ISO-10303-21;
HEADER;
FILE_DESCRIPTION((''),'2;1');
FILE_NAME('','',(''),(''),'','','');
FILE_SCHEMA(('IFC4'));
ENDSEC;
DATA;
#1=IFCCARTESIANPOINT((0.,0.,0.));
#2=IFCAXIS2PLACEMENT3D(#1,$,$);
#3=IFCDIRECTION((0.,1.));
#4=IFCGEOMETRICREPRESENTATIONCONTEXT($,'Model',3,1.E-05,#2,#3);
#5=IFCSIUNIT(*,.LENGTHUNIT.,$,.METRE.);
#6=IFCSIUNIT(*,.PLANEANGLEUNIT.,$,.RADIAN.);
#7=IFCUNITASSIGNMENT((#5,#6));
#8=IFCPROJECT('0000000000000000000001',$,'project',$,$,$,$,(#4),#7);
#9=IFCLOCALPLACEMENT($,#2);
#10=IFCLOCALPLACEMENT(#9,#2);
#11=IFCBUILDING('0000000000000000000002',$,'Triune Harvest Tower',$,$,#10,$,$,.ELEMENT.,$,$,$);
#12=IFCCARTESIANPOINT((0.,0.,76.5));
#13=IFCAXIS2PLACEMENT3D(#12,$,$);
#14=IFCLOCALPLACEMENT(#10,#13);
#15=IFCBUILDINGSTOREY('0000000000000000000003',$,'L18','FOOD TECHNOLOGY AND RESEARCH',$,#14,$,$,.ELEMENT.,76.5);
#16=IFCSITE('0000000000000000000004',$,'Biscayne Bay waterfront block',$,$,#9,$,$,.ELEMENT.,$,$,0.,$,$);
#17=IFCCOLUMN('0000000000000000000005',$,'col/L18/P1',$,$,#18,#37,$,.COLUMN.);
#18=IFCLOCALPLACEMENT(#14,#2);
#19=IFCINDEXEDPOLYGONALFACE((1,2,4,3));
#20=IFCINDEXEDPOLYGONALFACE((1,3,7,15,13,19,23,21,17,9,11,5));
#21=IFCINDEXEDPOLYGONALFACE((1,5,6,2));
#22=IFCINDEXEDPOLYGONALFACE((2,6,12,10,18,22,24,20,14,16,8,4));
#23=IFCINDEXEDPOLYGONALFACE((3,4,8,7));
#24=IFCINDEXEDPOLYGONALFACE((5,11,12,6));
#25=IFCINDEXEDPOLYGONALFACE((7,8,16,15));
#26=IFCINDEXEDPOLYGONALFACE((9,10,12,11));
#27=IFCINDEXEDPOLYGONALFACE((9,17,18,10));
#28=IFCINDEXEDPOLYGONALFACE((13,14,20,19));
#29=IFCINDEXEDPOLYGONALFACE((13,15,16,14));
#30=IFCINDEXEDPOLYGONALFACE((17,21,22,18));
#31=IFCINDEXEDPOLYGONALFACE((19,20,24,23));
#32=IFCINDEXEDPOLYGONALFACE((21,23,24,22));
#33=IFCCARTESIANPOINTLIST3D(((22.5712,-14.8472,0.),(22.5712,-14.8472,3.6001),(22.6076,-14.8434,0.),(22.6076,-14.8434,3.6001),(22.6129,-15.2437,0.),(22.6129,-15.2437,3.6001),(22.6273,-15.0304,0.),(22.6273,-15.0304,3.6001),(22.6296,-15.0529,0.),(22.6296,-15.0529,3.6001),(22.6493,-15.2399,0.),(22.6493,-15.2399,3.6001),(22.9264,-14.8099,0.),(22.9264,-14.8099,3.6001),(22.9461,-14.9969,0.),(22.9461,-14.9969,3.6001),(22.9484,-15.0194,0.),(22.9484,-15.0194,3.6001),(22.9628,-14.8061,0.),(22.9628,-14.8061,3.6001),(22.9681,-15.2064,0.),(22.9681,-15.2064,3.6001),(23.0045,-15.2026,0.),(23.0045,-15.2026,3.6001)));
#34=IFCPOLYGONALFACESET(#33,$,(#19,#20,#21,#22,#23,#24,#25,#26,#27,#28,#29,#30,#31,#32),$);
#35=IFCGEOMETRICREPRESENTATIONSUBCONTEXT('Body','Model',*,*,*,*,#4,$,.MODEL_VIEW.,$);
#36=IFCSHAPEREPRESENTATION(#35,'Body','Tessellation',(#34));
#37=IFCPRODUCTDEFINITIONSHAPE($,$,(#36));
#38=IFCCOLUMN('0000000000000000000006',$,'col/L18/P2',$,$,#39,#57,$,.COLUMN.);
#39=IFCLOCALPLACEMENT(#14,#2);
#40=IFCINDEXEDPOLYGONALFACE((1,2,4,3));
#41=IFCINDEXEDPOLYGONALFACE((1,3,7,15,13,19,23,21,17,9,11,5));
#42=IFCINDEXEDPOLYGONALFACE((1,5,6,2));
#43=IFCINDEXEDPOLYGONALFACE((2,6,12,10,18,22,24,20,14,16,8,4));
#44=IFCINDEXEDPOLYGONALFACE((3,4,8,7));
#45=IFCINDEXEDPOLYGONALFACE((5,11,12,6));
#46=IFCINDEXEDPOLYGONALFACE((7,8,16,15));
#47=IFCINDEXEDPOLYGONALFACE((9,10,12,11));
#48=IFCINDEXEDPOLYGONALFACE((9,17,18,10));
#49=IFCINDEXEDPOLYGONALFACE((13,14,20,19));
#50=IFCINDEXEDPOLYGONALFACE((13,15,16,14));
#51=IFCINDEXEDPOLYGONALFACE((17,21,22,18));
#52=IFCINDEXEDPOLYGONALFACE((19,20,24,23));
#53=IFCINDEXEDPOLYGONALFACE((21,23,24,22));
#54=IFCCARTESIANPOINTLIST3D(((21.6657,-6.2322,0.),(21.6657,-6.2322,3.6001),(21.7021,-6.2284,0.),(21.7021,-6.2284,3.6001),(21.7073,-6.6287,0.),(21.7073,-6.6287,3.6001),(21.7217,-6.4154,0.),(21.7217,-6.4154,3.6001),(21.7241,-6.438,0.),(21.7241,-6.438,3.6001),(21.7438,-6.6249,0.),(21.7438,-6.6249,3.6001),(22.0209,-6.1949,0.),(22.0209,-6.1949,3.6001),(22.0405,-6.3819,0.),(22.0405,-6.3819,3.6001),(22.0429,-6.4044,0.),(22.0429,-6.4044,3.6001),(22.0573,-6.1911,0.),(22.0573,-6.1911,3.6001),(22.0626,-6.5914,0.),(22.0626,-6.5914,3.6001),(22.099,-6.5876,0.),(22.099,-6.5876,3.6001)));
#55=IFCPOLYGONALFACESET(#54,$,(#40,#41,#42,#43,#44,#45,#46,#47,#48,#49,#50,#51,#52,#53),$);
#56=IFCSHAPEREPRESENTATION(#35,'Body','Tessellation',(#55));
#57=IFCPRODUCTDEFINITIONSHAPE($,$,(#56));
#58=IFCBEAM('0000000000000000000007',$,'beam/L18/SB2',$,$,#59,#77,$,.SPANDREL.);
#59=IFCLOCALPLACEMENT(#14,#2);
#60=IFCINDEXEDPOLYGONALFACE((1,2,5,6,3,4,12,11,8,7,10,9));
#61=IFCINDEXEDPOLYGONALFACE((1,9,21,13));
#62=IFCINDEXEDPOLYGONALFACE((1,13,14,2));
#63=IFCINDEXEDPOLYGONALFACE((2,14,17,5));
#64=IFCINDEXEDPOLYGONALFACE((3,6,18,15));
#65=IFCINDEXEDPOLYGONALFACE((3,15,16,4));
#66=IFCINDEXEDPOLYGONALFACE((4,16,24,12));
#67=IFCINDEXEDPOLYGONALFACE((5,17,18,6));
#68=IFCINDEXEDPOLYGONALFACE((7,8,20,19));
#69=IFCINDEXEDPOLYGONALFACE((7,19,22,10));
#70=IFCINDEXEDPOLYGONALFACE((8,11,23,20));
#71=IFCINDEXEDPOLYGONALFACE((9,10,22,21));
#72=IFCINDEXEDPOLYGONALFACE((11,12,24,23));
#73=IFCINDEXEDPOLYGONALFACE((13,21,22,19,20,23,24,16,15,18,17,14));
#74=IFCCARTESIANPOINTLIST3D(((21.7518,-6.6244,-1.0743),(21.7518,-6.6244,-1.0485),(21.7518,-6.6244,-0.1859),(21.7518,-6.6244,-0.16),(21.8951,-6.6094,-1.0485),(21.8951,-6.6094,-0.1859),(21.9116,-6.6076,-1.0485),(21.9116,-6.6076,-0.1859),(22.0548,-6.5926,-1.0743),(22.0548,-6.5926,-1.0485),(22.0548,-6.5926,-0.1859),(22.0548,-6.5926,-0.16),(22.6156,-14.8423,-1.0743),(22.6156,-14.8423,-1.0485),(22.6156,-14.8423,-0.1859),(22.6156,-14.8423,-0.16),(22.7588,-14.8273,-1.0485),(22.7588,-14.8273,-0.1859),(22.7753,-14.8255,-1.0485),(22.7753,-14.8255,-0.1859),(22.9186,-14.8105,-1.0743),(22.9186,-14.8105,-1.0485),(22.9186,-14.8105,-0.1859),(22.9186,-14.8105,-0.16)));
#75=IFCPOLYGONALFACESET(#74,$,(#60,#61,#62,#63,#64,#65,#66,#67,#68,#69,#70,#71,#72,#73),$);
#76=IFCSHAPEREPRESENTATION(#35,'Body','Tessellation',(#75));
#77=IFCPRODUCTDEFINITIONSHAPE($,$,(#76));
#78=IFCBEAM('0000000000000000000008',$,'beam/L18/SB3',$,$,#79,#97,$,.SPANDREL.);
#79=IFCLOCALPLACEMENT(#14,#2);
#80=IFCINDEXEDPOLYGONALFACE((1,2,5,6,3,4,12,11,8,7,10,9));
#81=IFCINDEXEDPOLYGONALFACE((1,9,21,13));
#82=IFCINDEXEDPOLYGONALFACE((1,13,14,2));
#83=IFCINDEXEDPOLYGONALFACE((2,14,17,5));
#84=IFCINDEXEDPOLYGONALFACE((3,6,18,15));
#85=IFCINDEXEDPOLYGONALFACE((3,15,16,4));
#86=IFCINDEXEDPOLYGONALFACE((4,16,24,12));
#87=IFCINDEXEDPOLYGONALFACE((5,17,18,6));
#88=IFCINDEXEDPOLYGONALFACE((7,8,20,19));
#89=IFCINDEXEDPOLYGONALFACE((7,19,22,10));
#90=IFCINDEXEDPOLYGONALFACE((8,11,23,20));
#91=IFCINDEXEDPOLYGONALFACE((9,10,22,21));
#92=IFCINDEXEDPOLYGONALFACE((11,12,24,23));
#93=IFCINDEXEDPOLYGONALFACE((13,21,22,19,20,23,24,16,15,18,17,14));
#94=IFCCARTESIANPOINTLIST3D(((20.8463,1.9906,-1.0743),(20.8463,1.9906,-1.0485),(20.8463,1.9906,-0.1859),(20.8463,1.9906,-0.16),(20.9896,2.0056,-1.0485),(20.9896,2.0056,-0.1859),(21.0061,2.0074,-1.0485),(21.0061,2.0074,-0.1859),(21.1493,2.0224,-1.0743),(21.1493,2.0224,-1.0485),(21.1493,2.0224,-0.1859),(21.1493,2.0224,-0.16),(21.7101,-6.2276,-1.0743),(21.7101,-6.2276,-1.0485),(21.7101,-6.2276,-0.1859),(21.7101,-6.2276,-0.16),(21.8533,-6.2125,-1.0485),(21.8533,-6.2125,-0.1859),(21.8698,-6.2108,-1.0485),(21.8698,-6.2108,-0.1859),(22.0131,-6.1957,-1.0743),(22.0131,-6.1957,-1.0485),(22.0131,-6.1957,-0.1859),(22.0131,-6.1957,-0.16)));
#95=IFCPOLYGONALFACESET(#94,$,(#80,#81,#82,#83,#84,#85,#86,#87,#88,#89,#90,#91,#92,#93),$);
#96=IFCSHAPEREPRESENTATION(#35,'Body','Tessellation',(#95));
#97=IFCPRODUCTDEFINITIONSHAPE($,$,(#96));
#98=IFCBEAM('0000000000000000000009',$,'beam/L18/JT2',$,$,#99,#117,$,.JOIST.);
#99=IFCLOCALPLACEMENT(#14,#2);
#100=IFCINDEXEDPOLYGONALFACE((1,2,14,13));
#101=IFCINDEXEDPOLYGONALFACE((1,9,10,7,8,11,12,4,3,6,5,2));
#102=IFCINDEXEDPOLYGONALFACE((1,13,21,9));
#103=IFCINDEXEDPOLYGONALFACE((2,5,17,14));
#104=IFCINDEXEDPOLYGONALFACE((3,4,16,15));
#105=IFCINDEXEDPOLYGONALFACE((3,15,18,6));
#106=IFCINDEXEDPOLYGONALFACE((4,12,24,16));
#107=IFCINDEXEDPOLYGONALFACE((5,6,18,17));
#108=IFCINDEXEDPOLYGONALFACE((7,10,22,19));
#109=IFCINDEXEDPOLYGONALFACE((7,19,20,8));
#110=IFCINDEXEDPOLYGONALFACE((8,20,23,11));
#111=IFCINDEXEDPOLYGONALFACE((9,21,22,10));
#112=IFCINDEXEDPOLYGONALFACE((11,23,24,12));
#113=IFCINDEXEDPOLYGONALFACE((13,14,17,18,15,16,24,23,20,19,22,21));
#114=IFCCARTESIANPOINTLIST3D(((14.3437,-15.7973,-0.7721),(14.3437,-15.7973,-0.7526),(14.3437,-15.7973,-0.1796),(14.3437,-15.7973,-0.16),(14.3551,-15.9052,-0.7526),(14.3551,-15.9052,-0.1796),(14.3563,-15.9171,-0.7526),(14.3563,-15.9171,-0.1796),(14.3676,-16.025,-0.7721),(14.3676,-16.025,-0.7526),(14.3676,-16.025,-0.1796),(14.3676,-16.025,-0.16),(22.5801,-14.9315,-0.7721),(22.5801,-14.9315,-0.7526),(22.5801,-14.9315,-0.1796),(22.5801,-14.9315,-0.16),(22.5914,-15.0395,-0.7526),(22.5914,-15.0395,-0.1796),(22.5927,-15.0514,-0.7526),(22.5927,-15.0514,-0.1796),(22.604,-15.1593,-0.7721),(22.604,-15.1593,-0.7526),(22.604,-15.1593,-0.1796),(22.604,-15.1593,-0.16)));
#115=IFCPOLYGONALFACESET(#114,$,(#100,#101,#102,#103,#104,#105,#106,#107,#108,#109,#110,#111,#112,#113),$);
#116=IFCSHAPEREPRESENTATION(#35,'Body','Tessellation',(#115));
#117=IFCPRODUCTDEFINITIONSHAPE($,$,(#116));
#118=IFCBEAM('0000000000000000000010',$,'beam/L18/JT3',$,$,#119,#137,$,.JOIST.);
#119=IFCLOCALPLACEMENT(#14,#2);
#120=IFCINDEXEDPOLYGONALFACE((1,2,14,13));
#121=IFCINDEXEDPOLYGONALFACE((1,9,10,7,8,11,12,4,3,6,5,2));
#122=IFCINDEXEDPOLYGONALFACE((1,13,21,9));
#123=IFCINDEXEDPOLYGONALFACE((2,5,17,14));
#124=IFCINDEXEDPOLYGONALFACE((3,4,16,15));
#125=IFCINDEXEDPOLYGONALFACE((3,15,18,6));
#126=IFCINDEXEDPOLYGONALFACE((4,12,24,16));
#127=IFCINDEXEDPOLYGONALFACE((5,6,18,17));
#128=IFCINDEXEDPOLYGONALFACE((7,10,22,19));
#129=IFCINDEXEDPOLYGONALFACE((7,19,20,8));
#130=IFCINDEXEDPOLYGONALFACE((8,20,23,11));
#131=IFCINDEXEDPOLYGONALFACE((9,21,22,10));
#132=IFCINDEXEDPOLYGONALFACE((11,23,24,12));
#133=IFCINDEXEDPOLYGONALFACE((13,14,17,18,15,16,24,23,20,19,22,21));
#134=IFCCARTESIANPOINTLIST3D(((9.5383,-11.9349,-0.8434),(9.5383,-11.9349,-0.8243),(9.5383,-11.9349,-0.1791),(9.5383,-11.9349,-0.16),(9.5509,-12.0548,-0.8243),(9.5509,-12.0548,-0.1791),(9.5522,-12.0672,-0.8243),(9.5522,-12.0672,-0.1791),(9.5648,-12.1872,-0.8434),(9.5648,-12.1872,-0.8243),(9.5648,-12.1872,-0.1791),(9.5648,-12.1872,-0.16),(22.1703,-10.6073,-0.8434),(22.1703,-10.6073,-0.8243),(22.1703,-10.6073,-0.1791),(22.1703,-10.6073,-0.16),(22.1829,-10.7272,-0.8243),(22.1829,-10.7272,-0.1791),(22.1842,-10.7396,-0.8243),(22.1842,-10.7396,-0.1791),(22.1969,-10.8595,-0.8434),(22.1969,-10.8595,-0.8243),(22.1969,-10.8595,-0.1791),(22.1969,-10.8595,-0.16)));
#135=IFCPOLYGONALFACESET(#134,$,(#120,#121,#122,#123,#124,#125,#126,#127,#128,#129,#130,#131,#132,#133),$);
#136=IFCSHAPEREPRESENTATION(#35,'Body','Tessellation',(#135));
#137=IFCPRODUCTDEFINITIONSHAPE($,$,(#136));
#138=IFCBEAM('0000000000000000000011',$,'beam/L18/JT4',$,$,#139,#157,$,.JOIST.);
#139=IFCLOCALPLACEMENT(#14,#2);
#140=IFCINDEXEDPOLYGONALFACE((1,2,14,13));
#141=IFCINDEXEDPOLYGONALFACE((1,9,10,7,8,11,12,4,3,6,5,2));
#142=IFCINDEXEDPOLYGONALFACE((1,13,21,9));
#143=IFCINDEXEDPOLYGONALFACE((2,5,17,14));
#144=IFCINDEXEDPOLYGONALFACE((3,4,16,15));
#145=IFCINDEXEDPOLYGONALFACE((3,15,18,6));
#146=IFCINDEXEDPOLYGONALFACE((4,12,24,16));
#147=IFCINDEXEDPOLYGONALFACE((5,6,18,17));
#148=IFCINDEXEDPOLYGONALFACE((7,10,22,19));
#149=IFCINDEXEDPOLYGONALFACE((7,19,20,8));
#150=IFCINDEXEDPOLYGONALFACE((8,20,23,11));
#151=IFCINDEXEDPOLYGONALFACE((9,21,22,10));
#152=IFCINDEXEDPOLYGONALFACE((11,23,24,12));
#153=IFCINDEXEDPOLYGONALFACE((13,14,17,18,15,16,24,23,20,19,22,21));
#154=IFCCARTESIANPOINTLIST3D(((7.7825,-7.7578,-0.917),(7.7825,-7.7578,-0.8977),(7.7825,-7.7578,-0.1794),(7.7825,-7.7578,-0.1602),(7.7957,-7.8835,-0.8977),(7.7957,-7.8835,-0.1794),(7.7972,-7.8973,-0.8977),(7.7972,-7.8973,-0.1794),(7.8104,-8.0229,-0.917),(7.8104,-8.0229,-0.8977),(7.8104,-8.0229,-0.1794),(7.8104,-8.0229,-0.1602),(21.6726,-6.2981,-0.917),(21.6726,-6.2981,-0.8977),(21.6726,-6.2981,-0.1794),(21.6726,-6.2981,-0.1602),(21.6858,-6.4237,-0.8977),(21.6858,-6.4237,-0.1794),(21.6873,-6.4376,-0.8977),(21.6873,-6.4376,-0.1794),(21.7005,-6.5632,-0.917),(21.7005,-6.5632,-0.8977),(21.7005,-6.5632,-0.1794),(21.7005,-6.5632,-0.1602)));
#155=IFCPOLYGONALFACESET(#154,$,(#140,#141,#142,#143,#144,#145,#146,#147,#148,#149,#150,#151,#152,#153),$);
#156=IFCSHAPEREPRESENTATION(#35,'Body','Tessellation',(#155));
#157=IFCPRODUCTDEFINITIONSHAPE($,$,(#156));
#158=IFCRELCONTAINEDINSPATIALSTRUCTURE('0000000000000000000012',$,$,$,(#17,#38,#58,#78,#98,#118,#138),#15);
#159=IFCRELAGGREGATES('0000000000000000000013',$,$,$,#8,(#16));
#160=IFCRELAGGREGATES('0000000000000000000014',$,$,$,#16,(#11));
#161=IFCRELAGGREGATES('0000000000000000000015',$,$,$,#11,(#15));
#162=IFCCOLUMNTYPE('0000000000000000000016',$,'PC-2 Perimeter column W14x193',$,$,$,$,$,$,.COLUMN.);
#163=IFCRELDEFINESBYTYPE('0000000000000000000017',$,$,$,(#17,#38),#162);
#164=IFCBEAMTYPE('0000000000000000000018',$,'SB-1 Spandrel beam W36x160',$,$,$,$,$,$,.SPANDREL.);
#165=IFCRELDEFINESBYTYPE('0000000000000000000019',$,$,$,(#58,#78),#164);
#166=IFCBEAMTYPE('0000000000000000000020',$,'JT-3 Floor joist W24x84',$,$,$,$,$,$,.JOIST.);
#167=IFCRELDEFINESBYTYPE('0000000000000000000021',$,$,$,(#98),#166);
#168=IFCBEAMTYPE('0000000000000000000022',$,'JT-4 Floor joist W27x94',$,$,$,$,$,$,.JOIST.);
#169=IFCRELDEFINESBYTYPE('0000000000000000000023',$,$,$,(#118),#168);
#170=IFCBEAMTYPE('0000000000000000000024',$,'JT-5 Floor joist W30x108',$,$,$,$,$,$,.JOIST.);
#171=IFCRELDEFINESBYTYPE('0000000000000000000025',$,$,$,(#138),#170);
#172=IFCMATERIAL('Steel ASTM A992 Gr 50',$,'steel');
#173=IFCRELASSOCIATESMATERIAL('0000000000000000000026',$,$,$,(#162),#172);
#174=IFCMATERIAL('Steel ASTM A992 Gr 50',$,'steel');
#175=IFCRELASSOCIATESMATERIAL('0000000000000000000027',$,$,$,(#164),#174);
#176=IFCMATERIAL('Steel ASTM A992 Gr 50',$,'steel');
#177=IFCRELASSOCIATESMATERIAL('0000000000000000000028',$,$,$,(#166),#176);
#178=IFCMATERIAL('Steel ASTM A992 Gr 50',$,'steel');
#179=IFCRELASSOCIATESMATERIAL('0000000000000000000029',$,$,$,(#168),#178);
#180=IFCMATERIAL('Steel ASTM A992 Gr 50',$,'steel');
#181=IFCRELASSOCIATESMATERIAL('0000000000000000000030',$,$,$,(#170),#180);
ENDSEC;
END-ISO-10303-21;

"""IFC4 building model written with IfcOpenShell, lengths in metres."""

from ifc_helpers import new_model, si_unit, direction, frame, origin, origin_2d, place, context, subcontext, project, spatial, i_section, extrude, source, transform, mapped, material, material_profile, profile_set, type_object, element, save


model = new_model("IFC4")

# Units and contexts
model_context = context("Model", 3, precision=1e-05, world=origin(), true_north=direction((0.0, 1.0)))
body_context = subcontext(model_context, "Body", "Model", "MODEL_VIEW")
ifc_project = project(units=[si_unit("LENGTHUNIT", "METRE"), si_unit("PLANEANGLEUNIT", "RADIAN")], contexts=[model_context])

# Site, building, storey
site_placement = place(None, origin())
site = spatial("IfcSite", under=ifc_project, at=site_placement, Name="Biscayne Bay waterfront block", CompositionType="ELEMENT", RefElevation=0.0)
building_placement = place(site_placement, origin())
building = spatial("IfcBuilding", under=site, at=building_placement, Name="Triune Harvest Tower", CompositionType="ELEMENT")
storey_placement = place(building_placement, frame((0.0, 0.0, 76.5)))
storey = spatial("IfcBuildingStorey", under=building, at=storey_placement, Name="L18", Description="FOOD TECHNOLOGY AND RESEARCH", CompositionType="ELEMENT", Elevation=76.5)

# Columns
ifc_material_1 = material(Name="Steel ASTM A992 Gr 50", Category="steel")
ifc_material_profile_1 = material_profile(ifc_material_1, i_section(OverallWidth=0.3987, OverallDepth=0.3938, WebThickness=0.0227, FlangeThickness=0.0366, at=origin_2d()), Name="W14x193")
ifc_profile_set_1 = profile_set([ifc_material_profile_1], Name="Steel ASTM A992 Gr 50")
column_type = type_object("IfcColumnType", Name="PC-2 Perimeter column W14x193", PredefinedType="COLUMN", material=ifc_profile_set_1)
shared_shape_1 = source(origin(), body_context, "Body", "SweptSolid", [
    extrude(i_section(OverallWidth=0.3987, OverallDepth=0.3938, WebThickness=0.0227, FlangeThickness=0.0366, at=origin_2d()), origin(), (0.0, 0.0, 1.0), 3.6001),
])
for number, where, z_axis, x_axis, name in (
    (1, (22.7878, -15.0249, 0.0), (0.0, 0.0, 1.0), (-0.104527, 0.994522, 0.0), "col/L18/P1"),
    (2, (21.8823, -6.4099, 0.0), (0.0, 0.0, 1.0), (-0.104527, 0.994522, 0.0), "col/L18/P2"),
):
    element("IfcColumn", number, at=place(storey_placement, frame(where, z_axis=z_axis, x_axis=x_axis)), inside=storey, type_object=column_type, Name=name, PredefinedType="COLUMN", context=body_context, shape_type="MappedRepresentation", body=[
        mapped(shared_shape_1, transform((0.0, 0.0, 0.0), scale=1.0)),
    ])

# Beams
ifc_material_2 = material(Name="Steel ASTM A992 Gr 50", Category="steel")
ifc_material_profile_2 = material_profile(ifc_material_2, i_section(OverallWidth=0.3047, OverallDepth=0.9143, WebThickness=0.0166, FlangeThickness=0.0259, at=origin_2d()), Name="W36x160")
ifc_profile_set_2 = profile_set([ifc_material_profile_2], Name="Steel ASTM A992 Gr 50")
beam_type_1 = type_object("IfcBeamType", Name="SB-1 Spandrel beam W36x160", PredefinedType="SPANDREL", material=ifc_profile_set_2)
shared_shape_2 = source(origin(), body_context, "Body", "SweptSolid", [
    extrude(i_section(OverallWidth=0.3047, OverallDepth=0.9143, WebThickness=0.0166, FlangeThickness=0.0259, at=origin_2d()), origin(), (0.0, 0.0, 1.0), 8.2632),
])
beam_1_placement = place(storey_placement, frame((22.7671, -14.8264, -0.6172), z_axis=(-0.104531, 0.994522, 0.0), x_axis=(-0.994522, -0.104531, 0.0)))
element("IfcBeam", 3, at=beam_1_placement, inside=storey, type_object=beam_type_1, Name="beam/L18/SB2", PredefinedType="SPANDREL", context=body_context, shape_type="MappedRepresentation", body=[
    mapped(shared_shape_2, transform((0.0, 0.0, 0.0), scale=1.0)),
])
shared_shape_3 = source(origin(), body_context, "Body", "SweptSolid", [
    extrude(i_section(OverallWidth=0.3047, OverallDepth=0.9143, WebThickness=0.0166, FlangeThickness=0.0259, at=origin_2d()), origin(), (0.0, 0.0, 1.0), 8.2634),
])
beam_2_placement = place(storey_placement, frame((21.8616, -6.2117, -0.6172), z_axis=(-0.104528, 0.994522, 0.0), x_axis=(-0.994522, -0.104528, 0.0)))
element("IfcBeam", 4, at=beam_2_placement, inside=storey, type_object=beam_type_1, Name="beam/L18/SB3", PredefinedType="SPANDREL", context=body_context, shape_type="MappedRepresentation", body=[
    mapped(shared_shape_3, transform((0.0, 0.0, 0.0), scale=1.0)),
])
ifc_material_3 = material(Name="Steel ASTM A992 Gr 50", Category="steel")
ifc_material_profile_3 = material_profile(ifc_material_3, i_section(OverallWidth=0.229, OverallDepth=0.6121, WebThickness=0.012, FlangeThickness=0.0195, at=origin_2d()), Name="W24x84")
ifc_profile_set_3 = profile_set([ifc_material_profile_3], Name="Steel ASTM A992 Gr 50")
beam_type_2 = type_object("IfcBeamType", Name="JT-3 Floor joist W24x84", PredefinedType="JOIST", material=ifc_profile_set_3)
shared_shape_4 = source(origin(), body_context, "Body", "SweptSolid", [
    extrude(i_section(OverallWidth=0.229, OverallDepth=0.6121, WebThickness=0.012, FlangeThickness=0.0195, at=origin_2d()), origin(), (0.0, 0.0, 1.0), 8.2817),
])
beam_3_placement = place(storey_placement, frame((22.592, -15.0454, -0.4661), z_axis=(-0.994521, -0.104534, 0.0), x_axis=(0.104534, -0.994521, 0.0)))
element("IfcBeam", 5, at=beam_3_placement, inside=storey, type_object=beam_type_2, Name="beam/L18/JT2", PredefinedType="JOIST", context=body_context, shape_type="MappedRepresentation", body=[
    mapped(shared_shape_4, transform((0.0, 0.0, 0.0), scale=1.0)),
])
ifc_material_4 = material(Name="Steel ASTM A992 Gr 50", Category="steel")
ifc_material_profile_4 = material_profile(ifc_material_4, i_section(OverallWidth=0.2537, OverallDepth=0.6833, WebThickness=0.0125, FlangeThickness=0.019, at=origin_2d()), Name="W27x94")
ifc_profile_set_4 = profile_set([ifc_material_profile_4], Name="Steel ASTM A992 Gr 50")
beam_type_3 = type_object("IfcBeamType", Name="JT-4 Floor joist W27x94", PredefinedType="JOIST", material=ifc_profile_set_4)
shared_shape_5 = source(origin(), body_context, "Body", "SweptSolid", [
    extrude(i_section(OverallWidth=0.2537, OverallDepth=0.6833, WebThickness=0.0125, FlangeThickness=0.019, at=origin_2d()), origin(), (0.0, 0.0, 1.0), 12.7017),
])
beam_4_placement = place(storey_placement, frame((22.1836, -10.7334, -0.5017), z_axis=(-0.994522, -0.104525, 0.0), x_axis=(0.104525, -0.994522, 0.0)))
element("IfcBeam", 6, at=beam_4_placement, inside=storey, type_object=beam_type_3, Name="beam/L18/JT3", PredefinedType="JOIST", context=body_context, shape_type="MappedRepresentation", body=[
    mapped(shared_shape_5, transform((0.0, 0.0, 0.0), scale=1.0)),
])
ifc_material_5 = material(Name="Steel ASTM A992 Gr 50", Category="steel")
ifc_material_profile_5 = material_profile(ifc_material_5, i_section(OverallWidth=0.2666, OverallDepth=0.7568, WebThickness=0.0139, FlangeThickness=0.0193, at=origin_2d()), Name="W30x108")
ifc_profile_set_5 = profile_set([ifc_material_profile_5], Name="Steel ASTM A992 Gr 50")
beam_type_4 = type_object("IfcBeamType", Name="JT-5 Floor joist W30x108", PredefinedType="JOIST", material=ifc_profile_set_5)
shared_shape_6 = source(origin(), body_context, "Body", "SweptSolid", [
    extrude(i_section(OverallWidth=0.2666, OverallDepth=0.7568, WebThickness=0.0139, FlangeThickness=0.0193, at=origin_2d()), origin(), (0.0, 0.0, 1.0), 13.9666),
])
beam_5_placement = place(storey_placement, frame((21.6865, -6.4307, -0.5386), z_axis=(-0.994523, -0.104515, 0.0), x_axis=(0.104515, -0.994523, 0.0)))
element("IfcBeam", 7, at=beam_5_placement, inside=storey, type_object=beam_type_4, Name="beam/L18/JT4", PredefinedType="JOIST", context=body_context, shape_type="MappedRepresentation", body=[
    mapped(shared_shape_6, transform((0.0, 0.0, 0.0), scale=1.0)),
])

save(model, "model.ifc")
